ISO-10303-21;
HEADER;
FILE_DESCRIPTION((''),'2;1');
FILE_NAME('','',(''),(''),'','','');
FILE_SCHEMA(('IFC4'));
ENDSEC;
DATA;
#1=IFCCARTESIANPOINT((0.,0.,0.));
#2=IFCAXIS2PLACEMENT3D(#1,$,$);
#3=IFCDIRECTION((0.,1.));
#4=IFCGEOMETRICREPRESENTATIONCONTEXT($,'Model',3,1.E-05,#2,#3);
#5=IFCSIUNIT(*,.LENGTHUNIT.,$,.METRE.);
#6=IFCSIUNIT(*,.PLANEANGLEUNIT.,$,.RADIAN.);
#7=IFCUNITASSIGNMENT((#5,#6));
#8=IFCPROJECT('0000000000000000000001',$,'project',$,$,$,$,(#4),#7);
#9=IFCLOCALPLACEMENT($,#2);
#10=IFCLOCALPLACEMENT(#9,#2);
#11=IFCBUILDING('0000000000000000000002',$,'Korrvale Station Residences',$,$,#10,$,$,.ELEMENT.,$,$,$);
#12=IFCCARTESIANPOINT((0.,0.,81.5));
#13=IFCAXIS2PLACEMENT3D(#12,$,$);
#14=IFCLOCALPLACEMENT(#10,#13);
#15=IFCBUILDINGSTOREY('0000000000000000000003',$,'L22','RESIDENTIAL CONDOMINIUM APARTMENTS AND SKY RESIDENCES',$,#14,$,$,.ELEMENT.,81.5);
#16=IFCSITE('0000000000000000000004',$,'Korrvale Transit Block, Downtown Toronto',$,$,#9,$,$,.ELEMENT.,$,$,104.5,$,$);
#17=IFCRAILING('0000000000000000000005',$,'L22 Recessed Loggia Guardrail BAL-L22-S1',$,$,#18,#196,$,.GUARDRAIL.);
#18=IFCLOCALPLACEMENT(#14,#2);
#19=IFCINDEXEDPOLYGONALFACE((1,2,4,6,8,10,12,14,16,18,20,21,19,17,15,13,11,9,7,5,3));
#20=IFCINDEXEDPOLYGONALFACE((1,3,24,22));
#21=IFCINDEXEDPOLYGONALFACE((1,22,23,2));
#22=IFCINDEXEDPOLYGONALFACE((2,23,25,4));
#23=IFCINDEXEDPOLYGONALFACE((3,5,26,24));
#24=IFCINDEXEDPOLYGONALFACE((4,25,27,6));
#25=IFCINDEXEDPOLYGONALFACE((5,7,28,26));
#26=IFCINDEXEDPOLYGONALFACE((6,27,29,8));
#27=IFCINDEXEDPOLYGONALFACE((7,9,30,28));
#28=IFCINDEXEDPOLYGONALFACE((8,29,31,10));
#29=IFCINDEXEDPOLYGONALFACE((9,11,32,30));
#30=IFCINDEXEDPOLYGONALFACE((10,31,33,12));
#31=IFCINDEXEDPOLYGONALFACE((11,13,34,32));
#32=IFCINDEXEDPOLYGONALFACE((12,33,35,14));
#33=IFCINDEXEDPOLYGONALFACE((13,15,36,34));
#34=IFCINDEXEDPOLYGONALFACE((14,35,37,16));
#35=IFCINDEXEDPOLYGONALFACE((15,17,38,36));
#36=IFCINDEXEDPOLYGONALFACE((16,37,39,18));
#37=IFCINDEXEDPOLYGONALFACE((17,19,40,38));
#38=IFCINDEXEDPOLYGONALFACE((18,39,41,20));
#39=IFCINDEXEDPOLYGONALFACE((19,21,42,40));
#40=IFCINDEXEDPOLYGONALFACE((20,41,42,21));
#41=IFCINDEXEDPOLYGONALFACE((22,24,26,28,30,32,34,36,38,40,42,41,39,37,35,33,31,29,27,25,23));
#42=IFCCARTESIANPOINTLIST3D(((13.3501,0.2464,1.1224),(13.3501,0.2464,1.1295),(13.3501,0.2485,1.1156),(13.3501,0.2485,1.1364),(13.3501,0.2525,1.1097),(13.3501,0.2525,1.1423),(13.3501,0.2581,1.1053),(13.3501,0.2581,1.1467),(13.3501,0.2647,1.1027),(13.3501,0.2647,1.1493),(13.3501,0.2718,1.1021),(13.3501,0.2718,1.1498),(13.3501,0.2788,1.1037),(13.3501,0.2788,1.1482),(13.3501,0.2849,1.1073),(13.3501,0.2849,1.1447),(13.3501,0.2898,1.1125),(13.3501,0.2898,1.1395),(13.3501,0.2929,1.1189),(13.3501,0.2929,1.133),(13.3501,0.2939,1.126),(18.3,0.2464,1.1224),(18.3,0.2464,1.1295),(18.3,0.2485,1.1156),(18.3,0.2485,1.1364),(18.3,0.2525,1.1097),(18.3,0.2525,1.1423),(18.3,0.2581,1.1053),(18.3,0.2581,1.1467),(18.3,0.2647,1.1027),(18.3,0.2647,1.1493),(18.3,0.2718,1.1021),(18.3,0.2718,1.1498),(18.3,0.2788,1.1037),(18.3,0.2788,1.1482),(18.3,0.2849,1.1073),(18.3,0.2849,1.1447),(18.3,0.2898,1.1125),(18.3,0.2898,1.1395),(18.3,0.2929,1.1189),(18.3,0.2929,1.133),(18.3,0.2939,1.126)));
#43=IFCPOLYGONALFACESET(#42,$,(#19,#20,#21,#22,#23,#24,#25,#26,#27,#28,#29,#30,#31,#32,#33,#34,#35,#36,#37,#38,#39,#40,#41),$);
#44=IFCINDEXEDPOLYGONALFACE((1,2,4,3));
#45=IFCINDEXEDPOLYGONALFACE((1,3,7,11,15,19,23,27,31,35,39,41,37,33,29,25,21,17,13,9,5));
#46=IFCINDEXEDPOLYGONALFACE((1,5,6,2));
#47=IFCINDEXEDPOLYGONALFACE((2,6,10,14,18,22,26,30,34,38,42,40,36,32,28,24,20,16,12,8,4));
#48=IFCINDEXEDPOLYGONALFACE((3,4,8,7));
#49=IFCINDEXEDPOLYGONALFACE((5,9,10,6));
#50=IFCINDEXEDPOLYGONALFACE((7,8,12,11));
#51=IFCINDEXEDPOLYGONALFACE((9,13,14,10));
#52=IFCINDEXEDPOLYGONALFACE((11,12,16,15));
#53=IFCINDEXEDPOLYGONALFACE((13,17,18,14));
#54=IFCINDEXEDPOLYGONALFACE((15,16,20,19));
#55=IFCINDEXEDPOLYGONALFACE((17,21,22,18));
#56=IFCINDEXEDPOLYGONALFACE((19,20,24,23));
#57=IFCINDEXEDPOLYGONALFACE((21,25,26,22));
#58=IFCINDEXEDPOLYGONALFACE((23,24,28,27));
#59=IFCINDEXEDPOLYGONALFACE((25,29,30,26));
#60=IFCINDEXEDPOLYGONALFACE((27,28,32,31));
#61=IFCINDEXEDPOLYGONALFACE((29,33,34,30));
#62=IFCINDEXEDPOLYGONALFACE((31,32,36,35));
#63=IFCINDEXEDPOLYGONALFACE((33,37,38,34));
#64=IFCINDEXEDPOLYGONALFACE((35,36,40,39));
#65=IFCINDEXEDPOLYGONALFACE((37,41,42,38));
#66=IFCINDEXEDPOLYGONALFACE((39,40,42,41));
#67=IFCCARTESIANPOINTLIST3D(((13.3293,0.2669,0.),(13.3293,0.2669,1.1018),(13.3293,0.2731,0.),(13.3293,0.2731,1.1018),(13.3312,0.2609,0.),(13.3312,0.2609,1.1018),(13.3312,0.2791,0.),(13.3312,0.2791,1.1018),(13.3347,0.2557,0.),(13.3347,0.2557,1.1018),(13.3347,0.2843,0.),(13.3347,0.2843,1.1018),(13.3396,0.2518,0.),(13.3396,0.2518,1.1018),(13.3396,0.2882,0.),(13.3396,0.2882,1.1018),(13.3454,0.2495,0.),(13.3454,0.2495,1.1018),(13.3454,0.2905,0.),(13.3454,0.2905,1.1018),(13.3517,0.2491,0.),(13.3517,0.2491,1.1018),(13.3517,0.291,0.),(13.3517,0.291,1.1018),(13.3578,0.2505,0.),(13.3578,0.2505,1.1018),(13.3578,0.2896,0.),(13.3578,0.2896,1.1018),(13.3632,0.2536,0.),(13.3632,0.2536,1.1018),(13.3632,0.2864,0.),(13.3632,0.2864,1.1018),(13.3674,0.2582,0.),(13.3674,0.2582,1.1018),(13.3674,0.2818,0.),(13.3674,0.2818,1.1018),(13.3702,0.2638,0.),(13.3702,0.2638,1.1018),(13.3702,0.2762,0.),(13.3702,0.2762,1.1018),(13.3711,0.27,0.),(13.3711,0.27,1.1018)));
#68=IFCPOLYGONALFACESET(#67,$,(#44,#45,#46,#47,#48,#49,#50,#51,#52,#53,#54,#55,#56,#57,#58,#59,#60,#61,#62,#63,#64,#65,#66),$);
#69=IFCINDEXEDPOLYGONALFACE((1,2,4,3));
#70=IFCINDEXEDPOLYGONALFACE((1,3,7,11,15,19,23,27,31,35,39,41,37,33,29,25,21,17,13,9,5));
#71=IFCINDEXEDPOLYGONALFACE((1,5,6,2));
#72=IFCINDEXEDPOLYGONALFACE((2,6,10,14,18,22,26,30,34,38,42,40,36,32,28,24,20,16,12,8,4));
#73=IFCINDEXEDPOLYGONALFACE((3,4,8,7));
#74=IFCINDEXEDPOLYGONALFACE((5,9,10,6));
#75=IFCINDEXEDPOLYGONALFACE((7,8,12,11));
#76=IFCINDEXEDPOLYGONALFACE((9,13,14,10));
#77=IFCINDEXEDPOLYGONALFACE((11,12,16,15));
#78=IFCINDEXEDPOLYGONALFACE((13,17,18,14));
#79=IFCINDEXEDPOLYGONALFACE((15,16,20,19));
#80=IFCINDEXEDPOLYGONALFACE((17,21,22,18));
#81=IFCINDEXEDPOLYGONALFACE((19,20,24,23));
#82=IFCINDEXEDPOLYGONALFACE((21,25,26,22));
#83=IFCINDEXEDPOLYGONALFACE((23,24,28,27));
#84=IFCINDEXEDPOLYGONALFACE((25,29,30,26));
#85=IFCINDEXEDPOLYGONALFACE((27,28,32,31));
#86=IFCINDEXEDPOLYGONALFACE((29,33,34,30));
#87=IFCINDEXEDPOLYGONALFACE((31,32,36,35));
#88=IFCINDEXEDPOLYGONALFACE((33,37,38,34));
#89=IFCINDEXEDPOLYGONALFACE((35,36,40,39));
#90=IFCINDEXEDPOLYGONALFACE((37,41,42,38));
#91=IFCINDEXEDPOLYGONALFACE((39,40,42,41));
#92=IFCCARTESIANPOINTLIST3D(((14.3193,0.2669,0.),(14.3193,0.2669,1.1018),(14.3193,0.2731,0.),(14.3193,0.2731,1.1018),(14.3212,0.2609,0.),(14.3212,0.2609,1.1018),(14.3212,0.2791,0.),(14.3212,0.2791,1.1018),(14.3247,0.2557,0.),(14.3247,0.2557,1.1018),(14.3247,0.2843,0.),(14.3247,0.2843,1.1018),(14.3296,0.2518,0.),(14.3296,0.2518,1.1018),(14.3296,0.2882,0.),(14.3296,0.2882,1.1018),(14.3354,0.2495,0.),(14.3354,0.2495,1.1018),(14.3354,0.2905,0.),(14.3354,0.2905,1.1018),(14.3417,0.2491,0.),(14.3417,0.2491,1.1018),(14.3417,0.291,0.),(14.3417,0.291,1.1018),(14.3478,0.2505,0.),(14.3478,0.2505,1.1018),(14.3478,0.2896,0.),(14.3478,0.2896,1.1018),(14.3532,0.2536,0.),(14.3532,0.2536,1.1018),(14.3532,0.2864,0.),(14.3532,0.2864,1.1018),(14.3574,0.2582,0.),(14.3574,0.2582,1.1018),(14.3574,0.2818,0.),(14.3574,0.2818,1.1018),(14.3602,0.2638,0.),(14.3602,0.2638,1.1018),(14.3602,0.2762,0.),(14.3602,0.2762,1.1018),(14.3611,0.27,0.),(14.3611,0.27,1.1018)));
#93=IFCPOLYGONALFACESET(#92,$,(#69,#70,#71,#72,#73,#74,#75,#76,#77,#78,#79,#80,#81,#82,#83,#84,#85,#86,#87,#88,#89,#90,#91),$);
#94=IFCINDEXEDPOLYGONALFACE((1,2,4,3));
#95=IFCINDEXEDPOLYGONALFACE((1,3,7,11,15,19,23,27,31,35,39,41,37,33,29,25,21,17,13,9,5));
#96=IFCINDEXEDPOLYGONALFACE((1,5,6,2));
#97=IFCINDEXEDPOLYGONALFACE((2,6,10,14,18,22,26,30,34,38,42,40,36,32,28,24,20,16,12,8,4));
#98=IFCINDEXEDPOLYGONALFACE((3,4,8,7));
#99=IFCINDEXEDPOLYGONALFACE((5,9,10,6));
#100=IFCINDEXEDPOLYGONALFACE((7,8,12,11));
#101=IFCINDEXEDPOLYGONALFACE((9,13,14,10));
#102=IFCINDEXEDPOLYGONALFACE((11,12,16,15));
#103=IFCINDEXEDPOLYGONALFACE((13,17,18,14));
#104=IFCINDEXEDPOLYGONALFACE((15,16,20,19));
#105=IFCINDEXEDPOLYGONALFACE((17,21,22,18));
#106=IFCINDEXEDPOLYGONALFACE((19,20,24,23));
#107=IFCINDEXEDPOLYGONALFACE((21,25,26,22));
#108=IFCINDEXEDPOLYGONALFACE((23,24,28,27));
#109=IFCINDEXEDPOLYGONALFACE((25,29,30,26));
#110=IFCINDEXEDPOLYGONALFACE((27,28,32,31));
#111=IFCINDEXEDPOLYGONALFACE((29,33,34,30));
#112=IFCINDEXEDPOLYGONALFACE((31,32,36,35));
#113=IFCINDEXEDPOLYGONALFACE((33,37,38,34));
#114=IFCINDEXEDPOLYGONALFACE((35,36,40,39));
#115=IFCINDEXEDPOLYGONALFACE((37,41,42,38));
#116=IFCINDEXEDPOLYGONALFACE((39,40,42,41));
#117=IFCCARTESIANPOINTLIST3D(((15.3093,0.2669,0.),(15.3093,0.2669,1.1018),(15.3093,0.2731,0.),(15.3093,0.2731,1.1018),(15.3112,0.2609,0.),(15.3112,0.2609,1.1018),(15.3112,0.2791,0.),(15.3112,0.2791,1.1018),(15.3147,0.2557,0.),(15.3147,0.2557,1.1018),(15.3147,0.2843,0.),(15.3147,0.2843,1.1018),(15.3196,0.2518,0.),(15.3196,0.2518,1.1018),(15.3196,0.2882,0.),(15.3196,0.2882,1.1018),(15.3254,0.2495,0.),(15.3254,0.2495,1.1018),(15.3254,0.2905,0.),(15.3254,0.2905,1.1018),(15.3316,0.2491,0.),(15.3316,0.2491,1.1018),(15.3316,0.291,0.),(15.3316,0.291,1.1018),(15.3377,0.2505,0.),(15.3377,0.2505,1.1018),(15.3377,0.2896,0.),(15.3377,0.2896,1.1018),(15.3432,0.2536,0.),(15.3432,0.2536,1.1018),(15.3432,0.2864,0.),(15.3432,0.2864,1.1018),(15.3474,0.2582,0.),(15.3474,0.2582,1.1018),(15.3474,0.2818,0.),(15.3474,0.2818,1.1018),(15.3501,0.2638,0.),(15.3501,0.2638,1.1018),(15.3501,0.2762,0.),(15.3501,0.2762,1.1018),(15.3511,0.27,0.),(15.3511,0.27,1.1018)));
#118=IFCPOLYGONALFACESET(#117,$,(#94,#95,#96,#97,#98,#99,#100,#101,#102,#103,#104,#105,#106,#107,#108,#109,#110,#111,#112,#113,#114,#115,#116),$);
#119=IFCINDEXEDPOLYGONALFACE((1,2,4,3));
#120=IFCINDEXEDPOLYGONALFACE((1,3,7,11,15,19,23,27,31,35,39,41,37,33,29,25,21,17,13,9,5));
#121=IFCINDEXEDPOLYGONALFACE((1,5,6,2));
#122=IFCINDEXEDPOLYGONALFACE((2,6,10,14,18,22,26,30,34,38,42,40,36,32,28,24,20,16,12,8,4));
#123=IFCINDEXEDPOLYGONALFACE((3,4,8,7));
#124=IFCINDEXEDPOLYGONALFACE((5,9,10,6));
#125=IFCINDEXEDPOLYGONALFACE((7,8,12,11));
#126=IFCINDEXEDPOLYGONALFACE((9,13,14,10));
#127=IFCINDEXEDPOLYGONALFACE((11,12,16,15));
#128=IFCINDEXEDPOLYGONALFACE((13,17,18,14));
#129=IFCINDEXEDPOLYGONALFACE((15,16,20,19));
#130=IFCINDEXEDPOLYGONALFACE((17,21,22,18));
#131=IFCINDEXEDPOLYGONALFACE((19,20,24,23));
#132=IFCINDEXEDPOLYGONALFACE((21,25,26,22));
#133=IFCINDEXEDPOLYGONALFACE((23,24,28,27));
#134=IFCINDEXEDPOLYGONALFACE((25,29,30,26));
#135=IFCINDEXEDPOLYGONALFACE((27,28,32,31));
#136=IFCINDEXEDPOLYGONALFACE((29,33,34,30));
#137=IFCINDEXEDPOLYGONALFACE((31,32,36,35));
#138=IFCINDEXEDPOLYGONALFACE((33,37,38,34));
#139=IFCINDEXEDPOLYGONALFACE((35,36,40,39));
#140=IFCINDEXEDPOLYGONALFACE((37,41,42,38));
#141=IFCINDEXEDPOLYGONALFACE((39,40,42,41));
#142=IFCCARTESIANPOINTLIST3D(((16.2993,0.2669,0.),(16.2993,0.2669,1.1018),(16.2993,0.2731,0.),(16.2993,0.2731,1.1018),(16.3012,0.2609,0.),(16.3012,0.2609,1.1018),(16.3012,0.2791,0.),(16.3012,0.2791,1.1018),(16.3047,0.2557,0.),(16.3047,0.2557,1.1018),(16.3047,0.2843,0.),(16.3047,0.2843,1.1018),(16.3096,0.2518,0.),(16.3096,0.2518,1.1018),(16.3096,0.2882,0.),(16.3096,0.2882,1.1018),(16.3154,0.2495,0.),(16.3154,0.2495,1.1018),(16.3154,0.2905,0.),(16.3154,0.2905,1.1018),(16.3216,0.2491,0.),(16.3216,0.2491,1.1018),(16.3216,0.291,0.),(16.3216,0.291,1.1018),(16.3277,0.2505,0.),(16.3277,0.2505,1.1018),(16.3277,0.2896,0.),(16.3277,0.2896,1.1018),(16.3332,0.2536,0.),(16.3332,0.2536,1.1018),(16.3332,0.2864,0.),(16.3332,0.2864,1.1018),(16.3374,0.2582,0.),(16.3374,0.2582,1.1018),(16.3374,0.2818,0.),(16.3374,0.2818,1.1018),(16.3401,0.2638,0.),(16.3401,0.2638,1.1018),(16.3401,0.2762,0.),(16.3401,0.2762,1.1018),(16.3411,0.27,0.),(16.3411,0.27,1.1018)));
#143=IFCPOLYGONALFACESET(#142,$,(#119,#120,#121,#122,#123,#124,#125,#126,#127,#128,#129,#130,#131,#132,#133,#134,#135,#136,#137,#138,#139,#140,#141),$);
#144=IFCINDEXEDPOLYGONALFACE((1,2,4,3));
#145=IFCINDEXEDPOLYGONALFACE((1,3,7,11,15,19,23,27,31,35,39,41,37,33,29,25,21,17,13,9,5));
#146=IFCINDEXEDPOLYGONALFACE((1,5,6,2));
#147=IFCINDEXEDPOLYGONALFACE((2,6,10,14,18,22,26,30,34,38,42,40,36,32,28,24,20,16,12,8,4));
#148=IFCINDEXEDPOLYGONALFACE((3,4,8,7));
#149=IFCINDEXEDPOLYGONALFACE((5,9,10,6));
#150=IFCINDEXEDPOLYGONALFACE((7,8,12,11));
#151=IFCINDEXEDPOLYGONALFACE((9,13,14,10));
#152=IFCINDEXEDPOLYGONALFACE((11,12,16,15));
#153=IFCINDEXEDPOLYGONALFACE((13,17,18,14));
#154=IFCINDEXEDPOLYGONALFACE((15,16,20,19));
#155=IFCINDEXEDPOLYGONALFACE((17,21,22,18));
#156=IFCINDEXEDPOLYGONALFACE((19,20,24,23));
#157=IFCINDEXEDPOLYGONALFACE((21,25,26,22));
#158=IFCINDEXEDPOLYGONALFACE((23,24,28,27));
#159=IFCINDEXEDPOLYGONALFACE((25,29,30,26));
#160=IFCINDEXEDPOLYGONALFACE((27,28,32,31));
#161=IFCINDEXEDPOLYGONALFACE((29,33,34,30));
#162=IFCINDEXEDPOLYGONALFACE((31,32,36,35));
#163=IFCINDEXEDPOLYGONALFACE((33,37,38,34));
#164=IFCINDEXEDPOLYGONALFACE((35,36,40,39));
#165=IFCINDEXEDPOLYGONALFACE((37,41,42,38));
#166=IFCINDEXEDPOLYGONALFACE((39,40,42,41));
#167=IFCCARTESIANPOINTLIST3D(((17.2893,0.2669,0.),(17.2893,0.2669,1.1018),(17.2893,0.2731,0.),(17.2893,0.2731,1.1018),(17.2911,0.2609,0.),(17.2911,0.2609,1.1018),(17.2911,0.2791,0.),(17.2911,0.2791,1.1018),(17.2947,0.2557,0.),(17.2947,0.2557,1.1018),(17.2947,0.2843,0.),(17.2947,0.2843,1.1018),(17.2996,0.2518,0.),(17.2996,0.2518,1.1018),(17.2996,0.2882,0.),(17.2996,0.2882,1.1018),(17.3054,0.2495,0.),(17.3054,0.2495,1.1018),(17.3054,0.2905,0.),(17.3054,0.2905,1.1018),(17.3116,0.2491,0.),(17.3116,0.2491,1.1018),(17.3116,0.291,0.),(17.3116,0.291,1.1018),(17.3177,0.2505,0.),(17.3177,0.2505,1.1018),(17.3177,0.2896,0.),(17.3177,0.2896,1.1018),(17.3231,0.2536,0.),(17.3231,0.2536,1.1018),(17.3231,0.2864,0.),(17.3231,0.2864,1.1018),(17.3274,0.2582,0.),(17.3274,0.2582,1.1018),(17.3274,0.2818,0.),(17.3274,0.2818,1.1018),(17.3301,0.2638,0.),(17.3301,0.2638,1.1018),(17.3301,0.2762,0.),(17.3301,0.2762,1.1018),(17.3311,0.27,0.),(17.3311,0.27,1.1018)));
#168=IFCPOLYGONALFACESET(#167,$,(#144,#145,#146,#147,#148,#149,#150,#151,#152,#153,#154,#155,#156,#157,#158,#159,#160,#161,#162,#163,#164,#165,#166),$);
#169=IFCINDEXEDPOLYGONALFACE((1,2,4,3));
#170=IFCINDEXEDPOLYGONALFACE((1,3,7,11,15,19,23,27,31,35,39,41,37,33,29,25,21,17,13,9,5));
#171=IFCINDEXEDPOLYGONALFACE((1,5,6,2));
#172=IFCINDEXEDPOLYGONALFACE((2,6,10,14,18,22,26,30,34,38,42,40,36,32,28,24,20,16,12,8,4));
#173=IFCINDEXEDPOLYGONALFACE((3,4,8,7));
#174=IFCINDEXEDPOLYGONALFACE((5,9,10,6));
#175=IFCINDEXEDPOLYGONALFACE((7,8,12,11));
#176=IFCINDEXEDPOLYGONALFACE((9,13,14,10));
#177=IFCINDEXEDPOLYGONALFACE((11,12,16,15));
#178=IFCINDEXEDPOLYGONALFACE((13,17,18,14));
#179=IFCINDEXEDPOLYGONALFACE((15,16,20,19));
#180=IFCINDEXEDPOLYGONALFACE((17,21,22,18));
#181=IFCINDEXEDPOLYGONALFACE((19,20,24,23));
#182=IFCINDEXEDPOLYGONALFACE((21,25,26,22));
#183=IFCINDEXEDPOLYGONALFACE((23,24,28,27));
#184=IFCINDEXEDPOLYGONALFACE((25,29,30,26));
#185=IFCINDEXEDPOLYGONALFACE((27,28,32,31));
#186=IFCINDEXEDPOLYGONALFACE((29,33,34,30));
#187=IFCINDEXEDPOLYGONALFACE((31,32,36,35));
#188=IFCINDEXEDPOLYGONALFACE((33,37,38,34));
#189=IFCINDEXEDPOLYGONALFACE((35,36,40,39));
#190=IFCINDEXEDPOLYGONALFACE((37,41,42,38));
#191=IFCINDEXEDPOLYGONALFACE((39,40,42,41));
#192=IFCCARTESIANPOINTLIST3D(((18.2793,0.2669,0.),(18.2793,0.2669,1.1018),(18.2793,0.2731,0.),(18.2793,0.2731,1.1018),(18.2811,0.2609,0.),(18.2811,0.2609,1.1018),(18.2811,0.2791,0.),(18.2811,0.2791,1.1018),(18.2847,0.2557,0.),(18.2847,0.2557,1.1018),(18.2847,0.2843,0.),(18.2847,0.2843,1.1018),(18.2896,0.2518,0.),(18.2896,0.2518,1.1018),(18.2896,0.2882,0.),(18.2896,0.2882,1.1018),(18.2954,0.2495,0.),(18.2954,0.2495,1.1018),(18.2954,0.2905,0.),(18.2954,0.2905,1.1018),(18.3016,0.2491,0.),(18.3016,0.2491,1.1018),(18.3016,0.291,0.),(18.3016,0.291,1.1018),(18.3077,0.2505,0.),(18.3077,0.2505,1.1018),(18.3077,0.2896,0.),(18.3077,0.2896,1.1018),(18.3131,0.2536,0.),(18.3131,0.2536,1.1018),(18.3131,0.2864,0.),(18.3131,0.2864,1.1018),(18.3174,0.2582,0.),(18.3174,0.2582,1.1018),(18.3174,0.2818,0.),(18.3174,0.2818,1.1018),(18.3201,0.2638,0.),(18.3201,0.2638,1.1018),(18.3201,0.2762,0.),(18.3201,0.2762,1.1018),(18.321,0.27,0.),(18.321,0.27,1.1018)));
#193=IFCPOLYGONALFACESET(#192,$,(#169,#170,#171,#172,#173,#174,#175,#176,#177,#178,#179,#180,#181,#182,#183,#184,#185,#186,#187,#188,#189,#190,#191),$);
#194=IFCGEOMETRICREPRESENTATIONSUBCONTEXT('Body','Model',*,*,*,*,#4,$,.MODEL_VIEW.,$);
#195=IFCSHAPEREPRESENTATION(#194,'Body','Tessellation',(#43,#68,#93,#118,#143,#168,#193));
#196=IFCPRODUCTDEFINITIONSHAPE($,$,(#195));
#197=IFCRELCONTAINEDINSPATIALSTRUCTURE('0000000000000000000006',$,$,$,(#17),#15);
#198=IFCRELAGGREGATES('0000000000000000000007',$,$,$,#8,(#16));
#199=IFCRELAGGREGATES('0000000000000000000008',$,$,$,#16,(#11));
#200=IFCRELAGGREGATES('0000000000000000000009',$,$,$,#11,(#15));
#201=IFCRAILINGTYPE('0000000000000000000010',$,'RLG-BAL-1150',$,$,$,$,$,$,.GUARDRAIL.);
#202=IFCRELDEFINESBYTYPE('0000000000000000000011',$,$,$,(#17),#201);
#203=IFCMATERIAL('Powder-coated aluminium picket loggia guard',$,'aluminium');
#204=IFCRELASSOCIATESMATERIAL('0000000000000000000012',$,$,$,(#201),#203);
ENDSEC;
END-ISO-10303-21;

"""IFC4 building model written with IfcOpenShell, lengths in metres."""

from ifc_helpers import new_model, si_unit, direction, frame, origin, origin_2d, place, context, subcontext, project, spatial, circle, extrude, material, type_object, element, save


model = new_model("IFC4")

# Units and contexts
model_context = context("Model", 3, precision=1e-05, world=origin(), true_north=direction((0.0, 1.0)))
body_context = subcontext(model_context, "Body", "Model", "MODEL_VIEW")
ifc_project = project(units=[si_unit("LENGTHUNIT", "METRE"), si_unit("PLANEANGLEUNIT", "RADIAN")], contexts=[model_context])

# Site, building, storey
site_placement = place(None, origin())
site = spatial("IfcSite", under=ifc_project, at=site_placement, Name="Korrvale Transit Block, Downtown Toronto", CompositionType="ELEMENT", RefElevation=104.5)
building_placement = place(site_placement, origin())
building = spatial("IfcBuilding", under=site, at=building_placement, Name="Korrvale Station Residences", CompositionType="ELEMENT")
storey_placement = place(building_placement, frame((0.0, 0.0, 81.5)))
storey = spatial("IfcBuildingStorey", under=building, at=storey_placement, Name="L22", Description="RESIDENTIAL CONDOMINIUM APARTMENTS AND SKY RESIDENCES", CompositionType="ELEMENT", Elevation=81.5)

# Railing
ifc_material_1 = material(Name="Powder-coated aluminium picket loggia guard", Category="aluminium")
railing_type = type_object("IfcRailingType", Name="RLG-BAL-1150", PredefinedType="GUARDRAIL", material=ifc_material_1)
railing_placement = place(storey_placement, frame((13.3501, 0.27, 0.0)))
element("IfcRailing", 1, at=railing_placement, inside=storey, type_object=railing_type, Name="L22 Recessed Loggia Guardrail BAL-L22-S1", PredefinedType="GUARDRAIL", context=body_context, shape_type="SweptSolid", body=[
    extrude(circle(Radius=0.0239, at=origin_2d()), frame((0.0, 0.0, 1.126), z_axis=(1.0, 0.0, 0.0), x_axis=(0.0, 1.0, 0.0)), (0.0, 0.0, 1.0), 4.95),
    extrude(circle(Radius=0.021, at=origin_2d()), origin(), (0.0, 0.0, 1.0), 1.1018),
    extrude(circle(Radius=0.021, at=origin_2d()), frame((0.99, 0.0, 0.0)), (0.0, 0.0, 1.0), 1.1018),
    extrude(circle(Radius=0.021, at=origin_2d()), frame((1.98, 0.0, 0.0)), (0.0, 0.0, 1.0), 1.1018),
    extrude(circle(Radius=0.021, at=origin_2d()), frame((2.97, 0.0, 0.0)), (0.0, 0.0, 1.0), 1.1018),
    extrude(circle(Radius=0.021, at=origin_2d()), frame((3.96, 0.0, 0.0)), (0.0, 0.0, 1.0), 1.1018),
    extrude(circle(Radius=0.021, at=origin_2d()), frame((4.95, 0.0, 0.0)), (0.0, 0.0, 1.0), 1.1018),
])

save(model, "model.ifc")
